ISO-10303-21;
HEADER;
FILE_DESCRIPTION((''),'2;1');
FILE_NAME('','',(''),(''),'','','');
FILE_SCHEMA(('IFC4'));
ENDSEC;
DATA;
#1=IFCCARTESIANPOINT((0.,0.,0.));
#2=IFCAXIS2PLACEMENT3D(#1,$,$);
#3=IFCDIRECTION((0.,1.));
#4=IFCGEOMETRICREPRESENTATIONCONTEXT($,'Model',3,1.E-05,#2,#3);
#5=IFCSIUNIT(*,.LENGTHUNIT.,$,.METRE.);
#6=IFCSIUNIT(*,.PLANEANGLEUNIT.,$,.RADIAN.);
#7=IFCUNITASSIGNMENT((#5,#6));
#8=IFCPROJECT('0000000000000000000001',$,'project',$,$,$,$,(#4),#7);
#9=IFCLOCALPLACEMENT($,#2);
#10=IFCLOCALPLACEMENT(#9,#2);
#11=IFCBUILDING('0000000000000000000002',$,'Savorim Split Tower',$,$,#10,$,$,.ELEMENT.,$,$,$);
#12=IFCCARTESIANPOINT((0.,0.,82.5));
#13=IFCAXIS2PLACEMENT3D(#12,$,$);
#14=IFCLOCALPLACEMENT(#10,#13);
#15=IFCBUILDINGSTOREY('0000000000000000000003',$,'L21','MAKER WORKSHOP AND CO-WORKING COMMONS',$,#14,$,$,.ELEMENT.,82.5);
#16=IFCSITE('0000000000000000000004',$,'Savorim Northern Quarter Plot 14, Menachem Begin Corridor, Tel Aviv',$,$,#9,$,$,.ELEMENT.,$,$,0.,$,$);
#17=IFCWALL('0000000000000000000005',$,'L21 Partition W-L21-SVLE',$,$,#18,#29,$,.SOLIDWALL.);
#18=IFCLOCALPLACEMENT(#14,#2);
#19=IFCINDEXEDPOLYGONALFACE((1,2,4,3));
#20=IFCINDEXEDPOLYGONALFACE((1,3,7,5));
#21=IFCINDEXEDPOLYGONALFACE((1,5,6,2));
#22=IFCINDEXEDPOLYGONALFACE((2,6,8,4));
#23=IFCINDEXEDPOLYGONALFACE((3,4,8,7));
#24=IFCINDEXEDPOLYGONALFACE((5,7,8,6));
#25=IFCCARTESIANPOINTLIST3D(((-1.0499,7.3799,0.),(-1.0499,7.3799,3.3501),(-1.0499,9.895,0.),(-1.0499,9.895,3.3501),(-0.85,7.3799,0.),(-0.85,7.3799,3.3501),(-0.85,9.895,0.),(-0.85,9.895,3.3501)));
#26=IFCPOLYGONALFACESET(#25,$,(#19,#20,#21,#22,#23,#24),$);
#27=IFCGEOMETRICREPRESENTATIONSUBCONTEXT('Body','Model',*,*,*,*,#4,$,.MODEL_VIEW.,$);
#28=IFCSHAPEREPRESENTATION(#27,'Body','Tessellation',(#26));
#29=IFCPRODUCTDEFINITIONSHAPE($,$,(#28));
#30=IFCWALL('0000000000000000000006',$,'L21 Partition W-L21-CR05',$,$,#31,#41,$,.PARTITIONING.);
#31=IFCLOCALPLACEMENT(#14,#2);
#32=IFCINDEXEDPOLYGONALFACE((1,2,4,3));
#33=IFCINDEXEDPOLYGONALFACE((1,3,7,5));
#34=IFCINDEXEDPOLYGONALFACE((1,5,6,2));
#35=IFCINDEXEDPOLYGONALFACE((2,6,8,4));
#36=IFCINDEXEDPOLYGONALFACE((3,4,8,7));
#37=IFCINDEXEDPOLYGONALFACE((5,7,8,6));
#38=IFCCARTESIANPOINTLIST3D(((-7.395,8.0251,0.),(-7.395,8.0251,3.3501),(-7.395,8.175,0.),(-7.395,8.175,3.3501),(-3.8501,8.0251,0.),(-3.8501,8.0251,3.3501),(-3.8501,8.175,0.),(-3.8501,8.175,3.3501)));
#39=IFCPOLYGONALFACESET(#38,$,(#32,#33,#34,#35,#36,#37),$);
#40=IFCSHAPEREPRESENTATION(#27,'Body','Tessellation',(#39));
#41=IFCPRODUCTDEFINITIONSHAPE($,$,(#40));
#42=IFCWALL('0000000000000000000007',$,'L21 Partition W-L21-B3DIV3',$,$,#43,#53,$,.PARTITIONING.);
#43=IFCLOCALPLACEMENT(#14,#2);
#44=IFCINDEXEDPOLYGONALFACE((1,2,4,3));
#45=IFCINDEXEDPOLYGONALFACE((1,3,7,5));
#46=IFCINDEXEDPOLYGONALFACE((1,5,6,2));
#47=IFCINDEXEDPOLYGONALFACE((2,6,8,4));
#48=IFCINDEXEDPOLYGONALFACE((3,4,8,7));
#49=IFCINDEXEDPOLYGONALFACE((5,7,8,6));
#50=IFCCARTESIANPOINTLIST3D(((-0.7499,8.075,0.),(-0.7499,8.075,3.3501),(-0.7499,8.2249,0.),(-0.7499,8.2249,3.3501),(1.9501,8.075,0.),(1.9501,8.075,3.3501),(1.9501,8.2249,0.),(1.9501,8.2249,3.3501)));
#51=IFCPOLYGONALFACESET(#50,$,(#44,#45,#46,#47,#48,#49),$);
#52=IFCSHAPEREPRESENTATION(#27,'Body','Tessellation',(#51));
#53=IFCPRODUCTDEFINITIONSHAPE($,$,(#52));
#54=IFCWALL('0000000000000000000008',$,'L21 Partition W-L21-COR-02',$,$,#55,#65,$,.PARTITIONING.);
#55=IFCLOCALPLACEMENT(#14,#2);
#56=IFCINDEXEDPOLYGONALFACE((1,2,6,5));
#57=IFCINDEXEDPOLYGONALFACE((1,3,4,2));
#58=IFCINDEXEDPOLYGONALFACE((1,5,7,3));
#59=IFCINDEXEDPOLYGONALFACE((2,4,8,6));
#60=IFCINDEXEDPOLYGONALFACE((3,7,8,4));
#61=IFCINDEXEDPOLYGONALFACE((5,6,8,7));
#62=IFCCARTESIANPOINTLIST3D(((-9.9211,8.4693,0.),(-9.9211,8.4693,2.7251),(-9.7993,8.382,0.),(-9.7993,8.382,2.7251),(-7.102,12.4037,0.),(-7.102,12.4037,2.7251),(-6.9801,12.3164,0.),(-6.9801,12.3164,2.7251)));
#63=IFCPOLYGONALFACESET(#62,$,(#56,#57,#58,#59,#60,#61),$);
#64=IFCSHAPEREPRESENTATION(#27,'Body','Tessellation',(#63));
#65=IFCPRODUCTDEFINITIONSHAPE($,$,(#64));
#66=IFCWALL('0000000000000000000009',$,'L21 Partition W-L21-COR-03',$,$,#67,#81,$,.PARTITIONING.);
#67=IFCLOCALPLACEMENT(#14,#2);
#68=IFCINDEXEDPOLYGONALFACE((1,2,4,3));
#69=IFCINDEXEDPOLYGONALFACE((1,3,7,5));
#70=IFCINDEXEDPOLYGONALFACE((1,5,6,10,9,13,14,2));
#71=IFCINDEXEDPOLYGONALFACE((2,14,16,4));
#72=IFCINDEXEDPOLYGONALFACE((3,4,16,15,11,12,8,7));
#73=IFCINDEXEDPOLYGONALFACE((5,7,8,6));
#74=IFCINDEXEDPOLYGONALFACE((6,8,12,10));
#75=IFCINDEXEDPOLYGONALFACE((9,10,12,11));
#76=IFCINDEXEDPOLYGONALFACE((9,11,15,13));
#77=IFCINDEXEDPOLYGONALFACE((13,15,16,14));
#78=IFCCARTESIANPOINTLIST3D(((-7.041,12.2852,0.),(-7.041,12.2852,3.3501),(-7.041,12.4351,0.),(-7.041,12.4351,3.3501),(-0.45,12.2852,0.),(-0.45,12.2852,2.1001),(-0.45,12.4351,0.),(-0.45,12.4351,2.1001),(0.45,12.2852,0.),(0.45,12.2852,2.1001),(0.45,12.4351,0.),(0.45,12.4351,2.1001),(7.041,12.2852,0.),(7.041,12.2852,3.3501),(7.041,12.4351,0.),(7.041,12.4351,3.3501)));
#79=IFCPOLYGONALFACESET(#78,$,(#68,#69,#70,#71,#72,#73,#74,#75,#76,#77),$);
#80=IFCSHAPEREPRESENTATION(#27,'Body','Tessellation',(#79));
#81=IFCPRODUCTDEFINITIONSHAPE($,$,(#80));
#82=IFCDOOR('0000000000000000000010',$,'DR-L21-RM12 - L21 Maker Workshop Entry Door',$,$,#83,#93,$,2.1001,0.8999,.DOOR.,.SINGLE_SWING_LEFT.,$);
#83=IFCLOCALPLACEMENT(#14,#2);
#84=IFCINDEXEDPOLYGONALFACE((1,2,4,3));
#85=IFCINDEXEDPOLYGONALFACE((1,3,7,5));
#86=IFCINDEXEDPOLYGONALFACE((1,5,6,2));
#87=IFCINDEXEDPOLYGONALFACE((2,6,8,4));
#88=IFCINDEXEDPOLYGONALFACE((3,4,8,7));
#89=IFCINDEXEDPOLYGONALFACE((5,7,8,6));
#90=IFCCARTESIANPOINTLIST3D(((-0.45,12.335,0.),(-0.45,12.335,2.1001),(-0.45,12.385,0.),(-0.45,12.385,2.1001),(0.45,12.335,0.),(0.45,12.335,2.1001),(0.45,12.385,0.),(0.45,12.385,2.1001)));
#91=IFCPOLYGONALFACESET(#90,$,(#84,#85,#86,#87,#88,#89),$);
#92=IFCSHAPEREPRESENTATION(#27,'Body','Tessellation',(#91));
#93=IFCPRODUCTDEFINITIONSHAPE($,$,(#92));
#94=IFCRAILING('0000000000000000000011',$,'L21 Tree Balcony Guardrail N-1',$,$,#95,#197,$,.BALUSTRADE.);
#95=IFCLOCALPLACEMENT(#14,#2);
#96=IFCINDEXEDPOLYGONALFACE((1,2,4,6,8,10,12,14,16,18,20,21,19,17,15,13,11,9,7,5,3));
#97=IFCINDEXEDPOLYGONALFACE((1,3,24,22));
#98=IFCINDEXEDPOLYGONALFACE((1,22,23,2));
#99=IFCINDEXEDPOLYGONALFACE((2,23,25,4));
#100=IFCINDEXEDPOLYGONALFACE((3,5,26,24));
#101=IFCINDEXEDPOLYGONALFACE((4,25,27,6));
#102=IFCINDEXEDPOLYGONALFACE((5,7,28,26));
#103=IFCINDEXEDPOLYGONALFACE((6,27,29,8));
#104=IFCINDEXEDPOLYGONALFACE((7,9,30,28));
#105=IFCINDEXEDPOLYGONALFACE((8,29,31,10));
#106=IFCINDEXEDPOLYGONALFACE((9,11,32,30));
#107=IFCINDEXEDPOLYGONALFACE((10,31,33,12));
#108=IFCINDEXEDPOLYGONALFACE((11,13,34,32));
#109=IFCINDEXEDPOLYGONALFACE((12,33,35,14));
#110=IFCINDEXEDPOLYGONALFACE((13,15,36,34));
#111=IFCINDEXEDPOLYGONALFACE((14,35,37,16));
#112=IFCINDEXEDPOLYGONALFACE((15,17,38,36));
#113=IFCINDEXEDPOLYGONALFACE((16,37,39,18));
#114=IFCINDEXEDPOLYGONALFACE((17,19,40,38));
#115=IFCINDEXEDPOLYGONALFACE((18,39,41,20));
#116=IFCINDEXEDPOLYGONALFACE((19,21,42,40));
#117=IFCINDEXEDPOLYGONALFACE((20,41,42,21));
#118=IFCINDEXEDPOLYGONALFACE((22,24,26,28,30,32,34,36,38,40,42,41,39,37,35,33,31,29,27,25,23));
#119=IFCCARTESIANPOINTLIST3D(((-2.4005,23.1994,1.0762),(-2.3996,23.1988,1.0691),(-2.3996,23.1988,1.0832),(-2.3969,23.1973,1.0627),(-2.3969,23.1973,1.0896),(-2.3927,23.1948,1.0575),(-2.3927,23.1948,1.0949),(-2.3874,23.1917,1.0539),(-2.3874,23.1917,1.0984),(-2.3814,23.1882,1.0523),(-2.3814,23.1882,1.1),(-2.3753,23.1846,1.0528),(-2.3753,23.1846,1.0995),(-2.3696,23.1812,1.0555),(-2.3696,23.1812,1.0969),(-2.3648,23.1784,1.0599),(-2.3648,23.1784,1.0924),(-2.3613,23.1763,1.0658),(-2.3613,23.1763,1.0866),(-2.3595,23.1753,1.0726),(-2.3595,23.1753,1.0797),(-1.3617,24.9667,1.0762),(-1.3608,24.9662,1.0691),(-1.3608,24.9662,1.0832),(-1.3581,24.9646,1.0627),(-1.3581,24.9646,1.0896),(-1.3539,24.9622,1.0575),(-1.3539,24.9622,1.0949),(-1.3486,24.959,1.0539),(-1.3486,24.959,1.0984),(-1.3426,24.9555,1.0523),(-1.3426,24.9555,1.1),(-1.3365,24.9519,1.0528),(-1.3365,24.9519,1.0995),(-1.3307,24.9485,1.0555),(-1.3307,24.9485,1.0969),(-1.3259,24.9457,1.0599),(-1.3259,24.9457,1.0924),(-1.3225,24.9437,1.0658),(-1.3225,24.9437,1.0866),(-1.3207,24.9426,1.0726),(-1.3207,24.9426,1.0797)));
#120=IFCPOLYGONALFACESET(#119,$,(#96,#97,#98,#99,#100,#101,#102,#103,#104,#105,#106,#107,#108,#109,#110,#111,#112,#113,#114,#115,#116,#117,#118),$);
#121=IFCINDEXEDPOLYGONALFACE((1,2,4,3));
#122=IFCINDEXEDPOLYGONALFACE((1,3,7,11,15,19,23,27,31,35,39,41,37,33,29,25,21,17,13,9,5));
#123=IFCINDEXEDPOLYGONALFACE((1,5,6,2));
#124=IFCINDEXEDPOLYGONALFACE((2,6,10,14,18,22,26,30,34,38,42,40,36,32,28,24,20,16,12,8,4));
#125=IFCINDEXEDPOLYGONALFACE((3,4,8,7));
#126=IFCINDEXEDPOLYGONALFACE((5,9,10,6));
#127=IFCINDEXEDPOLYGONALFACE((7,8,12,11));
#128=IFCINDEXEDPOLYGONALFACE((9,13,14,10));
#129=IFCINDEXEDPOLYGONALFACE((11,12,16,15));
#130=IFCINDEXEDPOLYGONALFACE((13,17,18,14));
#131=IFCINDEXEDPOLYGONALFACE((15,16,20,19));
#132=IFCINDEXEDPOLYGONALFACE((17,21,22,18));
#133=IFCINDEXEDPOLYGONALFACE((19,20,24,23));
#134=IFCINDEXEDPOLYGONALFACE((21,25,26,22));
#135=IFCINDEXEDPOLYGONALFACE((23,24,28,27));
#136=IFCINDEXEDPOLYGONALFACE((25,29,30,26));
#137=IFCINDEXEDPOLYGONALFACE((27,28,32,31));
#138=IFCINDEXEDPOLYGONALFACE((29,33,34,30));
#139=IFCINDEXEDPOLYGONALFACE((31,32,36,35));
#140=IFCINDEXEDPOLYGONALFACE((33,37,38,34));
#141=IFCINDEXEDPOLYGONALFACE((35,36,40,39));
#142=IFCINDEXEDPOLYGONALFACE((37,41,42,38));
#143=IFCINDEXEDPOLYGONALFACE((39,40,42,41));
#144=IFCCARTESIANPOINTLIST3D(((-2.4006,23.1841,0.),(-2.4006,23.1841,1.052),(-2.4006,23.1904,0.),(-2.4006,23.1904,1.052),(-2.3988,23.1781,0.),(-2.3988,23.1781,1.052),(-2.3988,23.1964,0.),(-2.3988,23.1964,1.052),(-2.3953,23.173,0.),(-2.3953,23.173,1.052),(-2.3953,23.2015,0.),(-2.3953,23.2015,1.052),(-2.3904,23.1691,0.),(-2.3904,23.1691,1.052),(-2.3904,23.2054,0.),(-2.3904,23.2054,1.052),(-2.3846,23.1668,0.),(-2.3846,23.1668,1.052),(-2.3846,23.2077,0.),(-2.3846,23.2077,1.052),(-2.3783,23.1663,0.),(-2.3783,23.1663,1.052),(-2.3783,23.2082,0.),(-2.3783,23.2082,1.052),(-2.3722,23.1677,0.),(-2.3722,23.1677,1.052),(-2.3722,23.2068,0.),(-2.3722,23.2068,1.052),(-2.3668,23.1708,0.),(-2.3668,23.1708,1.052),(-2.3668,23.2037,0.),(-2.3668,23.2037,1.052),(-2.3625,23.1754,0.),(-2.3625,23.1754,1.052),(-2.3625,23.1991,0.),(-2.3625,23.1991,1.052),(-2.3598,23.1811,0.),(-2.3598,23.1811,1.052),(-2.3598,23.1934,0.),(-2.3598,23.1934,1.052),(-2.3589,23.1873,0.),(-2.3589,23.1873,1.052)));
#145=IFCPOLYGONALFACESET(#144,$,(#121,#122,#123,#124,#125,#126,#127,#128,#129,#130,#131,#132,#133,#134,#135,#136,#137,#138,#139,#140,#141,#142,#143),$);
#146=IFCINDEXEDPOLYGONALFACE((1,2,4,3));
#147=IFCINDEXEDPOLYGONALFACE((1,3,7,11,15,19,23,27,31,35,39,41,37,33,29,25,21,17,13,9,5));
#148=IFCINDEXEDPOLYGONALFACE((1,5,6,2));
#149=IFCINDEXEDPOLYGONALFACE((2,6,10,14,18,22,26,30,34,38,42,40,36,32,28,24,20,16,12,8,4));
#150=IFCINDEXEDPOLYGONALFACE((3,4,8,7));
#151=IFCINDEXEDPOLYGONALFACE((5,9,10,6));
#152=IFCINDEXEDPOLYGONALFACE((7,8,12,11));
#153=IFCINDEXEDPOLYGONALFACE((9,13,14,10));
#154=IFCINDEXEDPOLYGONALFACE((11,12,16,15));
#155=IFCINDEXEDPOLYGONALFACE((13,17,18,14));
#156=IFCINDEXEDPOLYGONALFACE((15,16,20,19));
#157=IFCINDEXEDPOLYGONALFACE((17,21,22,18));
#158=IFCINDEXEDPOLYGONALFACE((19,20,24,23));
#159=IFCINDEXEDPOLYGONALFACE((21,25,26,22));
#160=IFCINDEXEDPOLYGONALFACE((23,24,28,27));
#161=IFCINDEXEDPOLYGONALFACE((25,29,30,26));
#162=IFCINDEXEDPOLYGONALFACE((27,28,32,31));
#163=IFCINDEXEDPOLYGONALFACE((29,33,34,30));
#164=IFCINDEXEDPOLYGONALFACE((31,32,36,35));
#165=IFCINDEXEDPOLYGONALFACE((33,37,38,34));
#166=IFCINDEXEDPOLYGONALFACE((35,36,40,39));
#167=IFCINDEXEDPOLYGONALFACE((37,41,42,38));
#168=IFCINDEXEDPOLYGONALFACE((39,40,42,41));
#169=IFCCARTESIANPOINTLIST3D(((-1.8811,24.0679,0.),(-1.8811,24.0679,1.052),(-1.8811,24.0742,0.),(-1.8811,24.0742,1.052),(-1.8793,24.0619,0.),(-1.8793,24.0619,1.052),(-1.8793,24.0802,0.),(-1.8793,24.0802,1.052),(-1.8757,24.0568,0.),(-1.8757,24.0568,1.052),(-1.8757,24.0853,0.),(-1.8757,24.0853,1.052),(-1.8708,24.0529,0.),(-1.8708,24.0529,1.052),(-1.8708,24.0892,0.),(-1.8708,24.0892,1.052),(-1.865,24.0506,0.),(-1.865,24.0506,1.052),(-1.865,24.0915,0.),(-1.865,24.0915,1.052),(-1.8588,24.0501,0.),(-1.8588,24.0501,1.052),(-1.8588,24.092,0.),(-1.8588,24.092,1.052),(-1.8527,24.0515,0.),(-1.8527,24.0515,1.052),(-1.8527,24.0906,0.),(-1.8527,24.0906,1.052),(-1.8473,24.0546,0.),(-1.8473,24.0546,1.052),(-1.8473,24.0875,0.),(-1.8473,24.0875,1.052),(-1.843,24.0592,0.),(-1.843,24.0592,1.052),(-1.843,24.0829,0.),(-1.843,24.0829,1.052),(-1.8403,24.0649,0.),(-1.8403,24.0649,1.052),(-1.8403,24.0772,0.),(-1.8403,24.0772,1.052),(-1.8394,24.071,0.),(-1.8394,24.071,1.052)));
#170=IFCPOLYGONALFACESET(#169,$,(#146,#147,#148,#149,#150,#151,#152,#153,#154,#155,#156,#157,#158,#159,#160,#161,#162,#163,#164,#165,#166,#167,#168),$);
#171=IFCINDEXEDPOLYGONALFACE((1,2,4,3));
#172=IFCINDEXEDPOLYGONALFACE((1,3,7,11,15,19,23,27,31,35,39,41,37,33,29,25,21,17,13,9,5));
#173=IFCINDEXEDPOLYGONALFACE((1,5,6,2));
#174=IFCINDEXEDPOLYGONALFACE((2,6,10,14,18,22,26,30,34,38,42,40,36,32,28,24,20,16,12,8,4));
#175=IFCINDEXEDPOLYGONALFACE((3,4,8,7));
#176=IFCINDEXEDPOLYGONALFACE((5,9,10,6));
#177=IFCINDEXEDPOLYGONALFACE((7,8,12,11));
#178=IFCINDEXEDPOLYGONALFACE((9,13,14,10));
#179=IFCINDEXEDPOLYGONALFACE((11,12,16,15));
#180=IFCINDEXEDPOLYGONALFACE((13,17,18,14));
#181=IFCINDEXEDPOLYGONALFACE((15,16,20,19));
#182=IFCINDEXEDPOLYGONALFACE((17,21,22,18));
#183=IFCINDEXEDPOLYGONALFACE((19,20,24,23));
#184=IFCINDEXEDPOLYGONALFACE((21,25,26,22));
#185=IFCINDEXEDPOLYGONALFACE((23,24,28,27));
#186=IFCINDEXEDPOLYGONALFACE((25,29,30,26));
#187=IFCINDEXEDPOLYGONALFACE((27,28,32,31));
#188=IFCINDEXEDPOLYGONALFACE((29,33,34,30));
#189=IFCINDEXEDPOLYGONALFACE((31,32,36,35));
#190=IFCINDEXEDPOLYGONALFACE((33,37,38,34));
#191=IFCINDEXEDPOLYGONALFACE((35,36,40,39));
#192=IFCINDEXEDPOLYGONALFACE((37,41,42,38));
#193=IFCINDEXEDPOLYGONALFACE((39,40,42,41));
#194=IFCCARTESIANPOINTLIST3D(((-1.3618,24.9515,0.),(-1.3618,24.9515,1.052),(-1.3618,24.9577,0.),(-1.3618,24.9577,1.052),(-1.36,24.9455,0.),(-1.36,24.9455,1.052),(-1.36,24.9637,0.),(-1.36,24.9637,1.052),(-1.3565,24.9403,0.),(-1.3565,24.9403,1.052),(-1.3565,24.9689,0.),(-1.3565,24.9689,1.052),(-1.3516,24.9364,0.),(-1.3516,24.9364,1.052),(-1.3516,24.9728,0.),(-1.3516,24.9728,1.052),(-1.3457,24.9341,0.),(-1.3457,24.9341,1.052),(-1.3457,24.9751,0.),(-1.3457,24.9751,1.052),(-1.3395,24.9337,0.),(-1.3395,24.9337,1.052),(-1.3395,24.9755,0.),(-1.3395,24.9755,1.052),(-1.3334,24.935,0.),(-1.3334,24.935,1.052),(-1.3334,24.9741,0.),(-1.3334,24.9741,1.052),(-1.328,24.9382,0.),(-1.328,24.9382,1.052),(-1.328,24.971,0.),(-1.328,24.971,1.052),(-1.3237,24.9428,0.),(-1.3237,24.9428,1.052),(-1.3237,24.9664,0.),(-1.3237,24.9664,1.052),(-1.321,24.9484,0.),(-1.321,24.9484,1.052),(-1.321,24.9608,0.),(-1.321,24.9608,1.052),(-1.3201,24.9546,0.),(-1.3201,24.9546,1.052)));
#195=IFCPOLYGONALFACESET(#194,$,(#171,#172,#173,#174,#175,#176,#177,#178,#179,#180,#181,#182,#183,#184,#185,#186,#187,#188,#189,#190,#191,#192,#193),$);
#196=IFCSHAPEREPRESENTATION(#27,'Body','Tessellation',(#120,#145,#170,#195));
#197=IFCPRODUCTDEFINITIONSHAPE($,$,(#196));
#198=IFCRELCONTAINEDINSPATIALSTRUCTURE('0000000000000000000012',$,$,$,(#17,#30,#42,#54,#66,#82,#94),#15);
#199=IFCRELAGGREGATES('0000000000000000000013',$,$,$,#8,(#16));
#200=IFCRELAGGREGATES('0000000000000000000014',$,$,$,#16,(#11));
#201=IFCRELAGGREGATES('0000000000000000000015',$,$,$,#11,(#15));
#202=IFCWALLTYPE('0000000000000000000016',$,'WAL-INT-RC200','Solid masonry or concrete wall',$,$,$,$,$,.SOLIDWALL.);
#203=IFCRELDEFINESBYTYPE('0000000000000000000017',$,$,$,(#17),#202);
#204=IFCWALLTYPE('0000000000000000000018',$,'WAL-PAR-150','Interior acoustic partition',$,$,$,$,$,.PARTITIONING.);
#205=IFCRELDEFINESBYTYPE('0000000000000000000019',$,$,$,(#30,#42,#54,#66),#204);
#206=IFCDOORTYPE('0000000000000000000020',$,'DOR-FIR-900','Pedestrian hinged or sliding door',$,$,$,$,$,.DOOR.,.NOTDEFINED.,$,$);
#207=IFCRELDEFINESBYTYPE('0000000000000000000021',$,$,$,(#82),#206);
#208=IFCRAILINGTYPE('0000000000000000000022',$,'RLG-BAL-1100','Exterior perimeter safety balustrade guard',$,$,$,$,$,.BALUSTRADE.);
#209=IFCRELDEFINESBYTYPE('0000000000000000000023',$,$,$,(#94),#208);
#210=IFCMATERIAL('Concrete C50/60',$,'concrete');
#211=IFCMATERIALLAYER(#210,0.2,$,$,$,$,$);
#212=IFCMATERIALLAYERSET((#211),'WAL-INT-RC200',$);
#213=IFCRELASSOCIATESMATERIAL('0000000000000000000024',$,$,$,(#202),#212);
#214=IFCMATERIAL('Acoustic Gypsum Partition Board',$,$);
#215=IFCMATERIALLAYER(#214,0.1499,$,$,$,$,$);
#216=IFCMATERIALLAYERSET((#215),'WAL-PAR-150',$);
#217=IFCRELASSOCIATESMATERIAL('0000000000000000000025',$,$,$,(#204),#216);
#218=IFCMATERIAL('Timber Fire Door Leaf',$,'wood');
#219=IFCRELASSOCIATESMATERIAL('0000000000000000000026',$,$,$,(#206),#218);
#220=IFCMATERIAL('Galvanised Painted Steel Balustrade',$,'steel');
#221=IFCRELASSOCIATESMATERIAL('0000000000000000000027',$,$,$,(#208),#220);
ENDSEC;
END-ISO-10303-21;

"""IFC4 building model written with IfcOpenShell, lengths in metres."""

from ifc_helpers import new_model, si_unit, direction, frame, frame_2d, origin, origin_2d, place, context, subcontext, project, spatial, rectangle, circle, extrude, material, layer, layer_set, type_object, element, fill, save


model = new_model("IFC4")

# Units and contexts
model_context = context("Model", 3, precision=1e-05, world=origin(), true_north=direction((0.0, 1.0)))
body_context = subcontext(model_context, "Body", "Model", "MODEL_VIEW")
ifc_project = project(units=[si_unit("LENGTHUNIT", "METRE"), si_unit("PLANEANGLEUNIT", "RADIAN")], contexts=[model_context])

# Site, building, storey
site_placement = place(None, origin())
site = spatial("IfcSite", under=ifc_project, at=site_placement, Name="Savorim Northern Quarter Plot 14, Menachem Begin Corridor, Tel Aviv", CompositionType="ELEMENT", RefElevation=0.0)
building_placement = place(site_placement, origin())
building = spatial("IfcBuilding", under=site, at=building_placement, Name="Savorim Split Tower", CompositionType="ELEMENT")
storey_placement = place(building_placement, frame((0.0, 0.0, 82.5)))
storey = spatial("IfcBuildingStorey", under=building, at=storey_placement, Name="L21", Description="MAKER WORKSHOP AND CO-WORKING COMMONS", CompositionType="ELEMENT", Elevation=82.5)

# Shared definitions
ifc_material_1 = material(Name="Concrete C50/60", Category="concrete")
ifc_layer_1 = layer(ifc_material_1, 0.2)
ifc_layer_set_1 = layer_set([ifc_layer_1], Name="WAL-INT-RC200")
wall_type_1 = type_object("IfcWallType", Name="WAL-INT-RC200", Description="Solid masonry or concrete wall", PredefinedType="SOLIDWALL", material=ifc_layer_set_1)

# Walls
wall_1_placement = place(storey_placement, frame((-0.95, 7.3799, 0.0), z_axis=(0.0, 0.0, 1.0), x_axis=(0.0, 1.0, 0.0)))
element("IfcWall", 1, at=wall_1_placement, inside=storey, type_object=wall_type_1, Name="L21 Partition W-L21-SVLE", PredefinedType="SOLIDWALL", context=body_context, shape_type="SweptSolid", body=[
    extrude(rectangle(XDim=2.5151, YDim=0.2, at=frame_2d((1.2576, 0.0))), origin(), (0.0, 0.0, 1.0), 3.3501),
])
ifc_material_2 = material(Name="Acoustic Gypsum Partition Board")
ifc_layer_2 = layer(ifc_material_2, 0.1499)
ifc_layer_set_2 = layer_set([ifc_layer_2], Name="WAL-PAR-150")
wall_type_2 = type_object("IfcWallType", Name="WAL-PAR-150", Description="Interior acoustic partition", PredefinedType="PARTITIONING", material=ifc_layer_set_2)
wall_2_placement = place(storey_placement, frame((-7.395, 8.1001, 0.0), z_axis=(0.0, 0.0, 1.0), x_axis=(1.0, 0.0, 0.0)))
element("IfcWall", 2, at=wall_2_placement, inside=storey, type_object=wall_type_2, Name="L21 Partition W-L21-CR05", PredefinedType="PARTITIONING", context=body_context, shape_type="SweptSolid", body=[
    extrude(rectangle(XDim=3.5449, YDim=0.1499, at=frame_2d((1.7725, 0.0))), origin(), (0.0, 0.0, 1.0), 3.3501),
])
wall_3_placement = place(storey_placement, frame((-0.75, 8.1499, 0.0), z_axis=(0.0, 0.0, 1.0), x_axis=(1.0, 0.0, 0.0)))
element("IfcWall", 3, at=wall_3_placement, inside=storey, type_object=wall_type_2, Name="L21 Partition W-L21-B3DIV3", PredefinedType="PARTITIONING", context=body_context, shape_type="SweptSolid", body=[
    extrude(rectangle(XDim=2.7, YDim=0.1499, at=frame_2d((1.3501, 0.0))), origin(), (0.0, 0.0, 1.0), 3.3501),
])
wall_4_placement = place(storey_placement, frame((-9.8601, 8.4258, 0.0), z_axis=(0.0, 0.0, 1.0), x_axis=(0.58245, 0.812867, 0.0)))
element("IfcWall", 4, at=wall_4_placement, inside=storey, type_object=wall_type_2, Name="L21 Partition W-L21-COR-02", PredefinedType="PARTITIONING", context=body_context, shape_type="SweptSolid", body=[
    extrude(rectangle(XDim=4.8401, YDim=0.1499, at=frame_2d((2.4199, 0.0))), origin(), (0.0, 0.0, 1.0), 2.7251),
])

# Wall, opening, door
wall_5_placement = place(storey_placement, frame((-7.041, 12.3601, 0.0), z_axis=(0.0, 0.0, 1.0), x_axis=(1.0, 0.0, 0.0)))
wall_5 = element("IfcWall", 5, at=wall_5_placement, inside=storey, type_object=wall_type_2, Name="L21 Partition W-L21-COR-03", PredefinedType="PARTITIONING", context=body_context, shape_type="SweptSolid", body=[
    extrude(rectangle(XDim=14.082, YDim=0.1499, at=frame_2d((7.041, 0.0))), origin(), (0.0, 0.0, 1.0), 3.3501),
])
opening_1_placement = place(wall_5_placement, frame((6.5911, 0.0, 0.0)))
opening_1 = element("IfcOpeningElement", 6, at=opening_1_placement, cuts=wall_5, PredefinedType="OPENING", context=body_context, shape_type="SweptSolid", body=[
    extrude(rectangle(XDim=0.8999, YDim=2.1001, at=frame_2d((0.45, 1.05))), frame((0.0, 0.085, 0.0), z_axis=(0.0, -1.0, 0.0), x_axis=(1.0, 0.0, 0.0)), (0.0, 0.0, 1.0), 0.1699),
])
ifc_material_3 = material(Name="Timber Fire Door Leaf", Category="wood")
door_type_1 = type_object("IfcDoorType", Name="DOR-FIR-900", Description="Pedestrian hinged or sliding door", OperationType="NOTDEFINED", PredefinedType="DOOR", material=ifc_material_3)
door_1_placement = place(opening_1_placement, origin())
door_1 = element("IfcDoor", 7, at=door_1_placement, inside=storey, type_object=door_type_1, Name="DR-L21-RM12 - L21 Maker Workshop Entry Door", OperationType="SINGLE_SWING_LEFT", OverallHeight=2.1001, OverallWidth=0.8999, PredefinedType="DOOR", context=body_context, shape_type="SweptSolid", body=[
    extrude(rectangle(XDim=0.8999, YDim=2.1001, at=frame_2d((0.45, 1.05))), frame((0.0, 0.0249, 0.0), z_axis=(0.0, -1.0, 0.0), x_axis=(1.0, 0.0, 0.0)), (0.0, 0.0, 1.0), 0.05),
])
fill(opening_1, door_1)

# Railing
ifc_material_4 = material(Name="Galvanised Painted Steel Balustrade", Category="steel")
railing_type = type_object("IfcRailingType", Name="RLG-BAL-1100", Description="Exterior perimeter safety balustrade guard", PredefinedType="BALUSTRADE", material=ifc_material_4)
railing_1_placement = place(storey_placement, frame((-2.3799, 23.1873, 0.0)))
element("IfcRailing", 8, at=railing_1_placement, inside=storey, type_object=railing_type, Name="L21 Tree Balcony Guardrail N-1", PredefinedType="BALUSTRADE", context=body_context, shape_type="SweptSolid", body=[
    extrude(circle(Radius=0.0239, at=origin_2d()), frame((0.0, 0.0, 1.0762), z_axis=(0.506734, 0.862103, 0.0), x_axis=(-0.862103, 0.506734, 0.0)), (0.0, 0.0, 1.0), 2.05),
    extrude(circle(Radius=0.021, at=origin_2d()), origin(), (0.0, 0.0, 1.0), 1.052),
    extrude(circle(Radius=0.021, at=origin_2d()), frame((0.5195, 0.8838, 0.0)), (0.0, 0.0, 1.0), 1.052),
    extrude(circle(Radius=0.021, at=origin_2d()), frame((1.0388, 1.7673, 0.0)), (0.0, 0.0, 1.0), 1.052),
])

save(model, "model.ifc")
